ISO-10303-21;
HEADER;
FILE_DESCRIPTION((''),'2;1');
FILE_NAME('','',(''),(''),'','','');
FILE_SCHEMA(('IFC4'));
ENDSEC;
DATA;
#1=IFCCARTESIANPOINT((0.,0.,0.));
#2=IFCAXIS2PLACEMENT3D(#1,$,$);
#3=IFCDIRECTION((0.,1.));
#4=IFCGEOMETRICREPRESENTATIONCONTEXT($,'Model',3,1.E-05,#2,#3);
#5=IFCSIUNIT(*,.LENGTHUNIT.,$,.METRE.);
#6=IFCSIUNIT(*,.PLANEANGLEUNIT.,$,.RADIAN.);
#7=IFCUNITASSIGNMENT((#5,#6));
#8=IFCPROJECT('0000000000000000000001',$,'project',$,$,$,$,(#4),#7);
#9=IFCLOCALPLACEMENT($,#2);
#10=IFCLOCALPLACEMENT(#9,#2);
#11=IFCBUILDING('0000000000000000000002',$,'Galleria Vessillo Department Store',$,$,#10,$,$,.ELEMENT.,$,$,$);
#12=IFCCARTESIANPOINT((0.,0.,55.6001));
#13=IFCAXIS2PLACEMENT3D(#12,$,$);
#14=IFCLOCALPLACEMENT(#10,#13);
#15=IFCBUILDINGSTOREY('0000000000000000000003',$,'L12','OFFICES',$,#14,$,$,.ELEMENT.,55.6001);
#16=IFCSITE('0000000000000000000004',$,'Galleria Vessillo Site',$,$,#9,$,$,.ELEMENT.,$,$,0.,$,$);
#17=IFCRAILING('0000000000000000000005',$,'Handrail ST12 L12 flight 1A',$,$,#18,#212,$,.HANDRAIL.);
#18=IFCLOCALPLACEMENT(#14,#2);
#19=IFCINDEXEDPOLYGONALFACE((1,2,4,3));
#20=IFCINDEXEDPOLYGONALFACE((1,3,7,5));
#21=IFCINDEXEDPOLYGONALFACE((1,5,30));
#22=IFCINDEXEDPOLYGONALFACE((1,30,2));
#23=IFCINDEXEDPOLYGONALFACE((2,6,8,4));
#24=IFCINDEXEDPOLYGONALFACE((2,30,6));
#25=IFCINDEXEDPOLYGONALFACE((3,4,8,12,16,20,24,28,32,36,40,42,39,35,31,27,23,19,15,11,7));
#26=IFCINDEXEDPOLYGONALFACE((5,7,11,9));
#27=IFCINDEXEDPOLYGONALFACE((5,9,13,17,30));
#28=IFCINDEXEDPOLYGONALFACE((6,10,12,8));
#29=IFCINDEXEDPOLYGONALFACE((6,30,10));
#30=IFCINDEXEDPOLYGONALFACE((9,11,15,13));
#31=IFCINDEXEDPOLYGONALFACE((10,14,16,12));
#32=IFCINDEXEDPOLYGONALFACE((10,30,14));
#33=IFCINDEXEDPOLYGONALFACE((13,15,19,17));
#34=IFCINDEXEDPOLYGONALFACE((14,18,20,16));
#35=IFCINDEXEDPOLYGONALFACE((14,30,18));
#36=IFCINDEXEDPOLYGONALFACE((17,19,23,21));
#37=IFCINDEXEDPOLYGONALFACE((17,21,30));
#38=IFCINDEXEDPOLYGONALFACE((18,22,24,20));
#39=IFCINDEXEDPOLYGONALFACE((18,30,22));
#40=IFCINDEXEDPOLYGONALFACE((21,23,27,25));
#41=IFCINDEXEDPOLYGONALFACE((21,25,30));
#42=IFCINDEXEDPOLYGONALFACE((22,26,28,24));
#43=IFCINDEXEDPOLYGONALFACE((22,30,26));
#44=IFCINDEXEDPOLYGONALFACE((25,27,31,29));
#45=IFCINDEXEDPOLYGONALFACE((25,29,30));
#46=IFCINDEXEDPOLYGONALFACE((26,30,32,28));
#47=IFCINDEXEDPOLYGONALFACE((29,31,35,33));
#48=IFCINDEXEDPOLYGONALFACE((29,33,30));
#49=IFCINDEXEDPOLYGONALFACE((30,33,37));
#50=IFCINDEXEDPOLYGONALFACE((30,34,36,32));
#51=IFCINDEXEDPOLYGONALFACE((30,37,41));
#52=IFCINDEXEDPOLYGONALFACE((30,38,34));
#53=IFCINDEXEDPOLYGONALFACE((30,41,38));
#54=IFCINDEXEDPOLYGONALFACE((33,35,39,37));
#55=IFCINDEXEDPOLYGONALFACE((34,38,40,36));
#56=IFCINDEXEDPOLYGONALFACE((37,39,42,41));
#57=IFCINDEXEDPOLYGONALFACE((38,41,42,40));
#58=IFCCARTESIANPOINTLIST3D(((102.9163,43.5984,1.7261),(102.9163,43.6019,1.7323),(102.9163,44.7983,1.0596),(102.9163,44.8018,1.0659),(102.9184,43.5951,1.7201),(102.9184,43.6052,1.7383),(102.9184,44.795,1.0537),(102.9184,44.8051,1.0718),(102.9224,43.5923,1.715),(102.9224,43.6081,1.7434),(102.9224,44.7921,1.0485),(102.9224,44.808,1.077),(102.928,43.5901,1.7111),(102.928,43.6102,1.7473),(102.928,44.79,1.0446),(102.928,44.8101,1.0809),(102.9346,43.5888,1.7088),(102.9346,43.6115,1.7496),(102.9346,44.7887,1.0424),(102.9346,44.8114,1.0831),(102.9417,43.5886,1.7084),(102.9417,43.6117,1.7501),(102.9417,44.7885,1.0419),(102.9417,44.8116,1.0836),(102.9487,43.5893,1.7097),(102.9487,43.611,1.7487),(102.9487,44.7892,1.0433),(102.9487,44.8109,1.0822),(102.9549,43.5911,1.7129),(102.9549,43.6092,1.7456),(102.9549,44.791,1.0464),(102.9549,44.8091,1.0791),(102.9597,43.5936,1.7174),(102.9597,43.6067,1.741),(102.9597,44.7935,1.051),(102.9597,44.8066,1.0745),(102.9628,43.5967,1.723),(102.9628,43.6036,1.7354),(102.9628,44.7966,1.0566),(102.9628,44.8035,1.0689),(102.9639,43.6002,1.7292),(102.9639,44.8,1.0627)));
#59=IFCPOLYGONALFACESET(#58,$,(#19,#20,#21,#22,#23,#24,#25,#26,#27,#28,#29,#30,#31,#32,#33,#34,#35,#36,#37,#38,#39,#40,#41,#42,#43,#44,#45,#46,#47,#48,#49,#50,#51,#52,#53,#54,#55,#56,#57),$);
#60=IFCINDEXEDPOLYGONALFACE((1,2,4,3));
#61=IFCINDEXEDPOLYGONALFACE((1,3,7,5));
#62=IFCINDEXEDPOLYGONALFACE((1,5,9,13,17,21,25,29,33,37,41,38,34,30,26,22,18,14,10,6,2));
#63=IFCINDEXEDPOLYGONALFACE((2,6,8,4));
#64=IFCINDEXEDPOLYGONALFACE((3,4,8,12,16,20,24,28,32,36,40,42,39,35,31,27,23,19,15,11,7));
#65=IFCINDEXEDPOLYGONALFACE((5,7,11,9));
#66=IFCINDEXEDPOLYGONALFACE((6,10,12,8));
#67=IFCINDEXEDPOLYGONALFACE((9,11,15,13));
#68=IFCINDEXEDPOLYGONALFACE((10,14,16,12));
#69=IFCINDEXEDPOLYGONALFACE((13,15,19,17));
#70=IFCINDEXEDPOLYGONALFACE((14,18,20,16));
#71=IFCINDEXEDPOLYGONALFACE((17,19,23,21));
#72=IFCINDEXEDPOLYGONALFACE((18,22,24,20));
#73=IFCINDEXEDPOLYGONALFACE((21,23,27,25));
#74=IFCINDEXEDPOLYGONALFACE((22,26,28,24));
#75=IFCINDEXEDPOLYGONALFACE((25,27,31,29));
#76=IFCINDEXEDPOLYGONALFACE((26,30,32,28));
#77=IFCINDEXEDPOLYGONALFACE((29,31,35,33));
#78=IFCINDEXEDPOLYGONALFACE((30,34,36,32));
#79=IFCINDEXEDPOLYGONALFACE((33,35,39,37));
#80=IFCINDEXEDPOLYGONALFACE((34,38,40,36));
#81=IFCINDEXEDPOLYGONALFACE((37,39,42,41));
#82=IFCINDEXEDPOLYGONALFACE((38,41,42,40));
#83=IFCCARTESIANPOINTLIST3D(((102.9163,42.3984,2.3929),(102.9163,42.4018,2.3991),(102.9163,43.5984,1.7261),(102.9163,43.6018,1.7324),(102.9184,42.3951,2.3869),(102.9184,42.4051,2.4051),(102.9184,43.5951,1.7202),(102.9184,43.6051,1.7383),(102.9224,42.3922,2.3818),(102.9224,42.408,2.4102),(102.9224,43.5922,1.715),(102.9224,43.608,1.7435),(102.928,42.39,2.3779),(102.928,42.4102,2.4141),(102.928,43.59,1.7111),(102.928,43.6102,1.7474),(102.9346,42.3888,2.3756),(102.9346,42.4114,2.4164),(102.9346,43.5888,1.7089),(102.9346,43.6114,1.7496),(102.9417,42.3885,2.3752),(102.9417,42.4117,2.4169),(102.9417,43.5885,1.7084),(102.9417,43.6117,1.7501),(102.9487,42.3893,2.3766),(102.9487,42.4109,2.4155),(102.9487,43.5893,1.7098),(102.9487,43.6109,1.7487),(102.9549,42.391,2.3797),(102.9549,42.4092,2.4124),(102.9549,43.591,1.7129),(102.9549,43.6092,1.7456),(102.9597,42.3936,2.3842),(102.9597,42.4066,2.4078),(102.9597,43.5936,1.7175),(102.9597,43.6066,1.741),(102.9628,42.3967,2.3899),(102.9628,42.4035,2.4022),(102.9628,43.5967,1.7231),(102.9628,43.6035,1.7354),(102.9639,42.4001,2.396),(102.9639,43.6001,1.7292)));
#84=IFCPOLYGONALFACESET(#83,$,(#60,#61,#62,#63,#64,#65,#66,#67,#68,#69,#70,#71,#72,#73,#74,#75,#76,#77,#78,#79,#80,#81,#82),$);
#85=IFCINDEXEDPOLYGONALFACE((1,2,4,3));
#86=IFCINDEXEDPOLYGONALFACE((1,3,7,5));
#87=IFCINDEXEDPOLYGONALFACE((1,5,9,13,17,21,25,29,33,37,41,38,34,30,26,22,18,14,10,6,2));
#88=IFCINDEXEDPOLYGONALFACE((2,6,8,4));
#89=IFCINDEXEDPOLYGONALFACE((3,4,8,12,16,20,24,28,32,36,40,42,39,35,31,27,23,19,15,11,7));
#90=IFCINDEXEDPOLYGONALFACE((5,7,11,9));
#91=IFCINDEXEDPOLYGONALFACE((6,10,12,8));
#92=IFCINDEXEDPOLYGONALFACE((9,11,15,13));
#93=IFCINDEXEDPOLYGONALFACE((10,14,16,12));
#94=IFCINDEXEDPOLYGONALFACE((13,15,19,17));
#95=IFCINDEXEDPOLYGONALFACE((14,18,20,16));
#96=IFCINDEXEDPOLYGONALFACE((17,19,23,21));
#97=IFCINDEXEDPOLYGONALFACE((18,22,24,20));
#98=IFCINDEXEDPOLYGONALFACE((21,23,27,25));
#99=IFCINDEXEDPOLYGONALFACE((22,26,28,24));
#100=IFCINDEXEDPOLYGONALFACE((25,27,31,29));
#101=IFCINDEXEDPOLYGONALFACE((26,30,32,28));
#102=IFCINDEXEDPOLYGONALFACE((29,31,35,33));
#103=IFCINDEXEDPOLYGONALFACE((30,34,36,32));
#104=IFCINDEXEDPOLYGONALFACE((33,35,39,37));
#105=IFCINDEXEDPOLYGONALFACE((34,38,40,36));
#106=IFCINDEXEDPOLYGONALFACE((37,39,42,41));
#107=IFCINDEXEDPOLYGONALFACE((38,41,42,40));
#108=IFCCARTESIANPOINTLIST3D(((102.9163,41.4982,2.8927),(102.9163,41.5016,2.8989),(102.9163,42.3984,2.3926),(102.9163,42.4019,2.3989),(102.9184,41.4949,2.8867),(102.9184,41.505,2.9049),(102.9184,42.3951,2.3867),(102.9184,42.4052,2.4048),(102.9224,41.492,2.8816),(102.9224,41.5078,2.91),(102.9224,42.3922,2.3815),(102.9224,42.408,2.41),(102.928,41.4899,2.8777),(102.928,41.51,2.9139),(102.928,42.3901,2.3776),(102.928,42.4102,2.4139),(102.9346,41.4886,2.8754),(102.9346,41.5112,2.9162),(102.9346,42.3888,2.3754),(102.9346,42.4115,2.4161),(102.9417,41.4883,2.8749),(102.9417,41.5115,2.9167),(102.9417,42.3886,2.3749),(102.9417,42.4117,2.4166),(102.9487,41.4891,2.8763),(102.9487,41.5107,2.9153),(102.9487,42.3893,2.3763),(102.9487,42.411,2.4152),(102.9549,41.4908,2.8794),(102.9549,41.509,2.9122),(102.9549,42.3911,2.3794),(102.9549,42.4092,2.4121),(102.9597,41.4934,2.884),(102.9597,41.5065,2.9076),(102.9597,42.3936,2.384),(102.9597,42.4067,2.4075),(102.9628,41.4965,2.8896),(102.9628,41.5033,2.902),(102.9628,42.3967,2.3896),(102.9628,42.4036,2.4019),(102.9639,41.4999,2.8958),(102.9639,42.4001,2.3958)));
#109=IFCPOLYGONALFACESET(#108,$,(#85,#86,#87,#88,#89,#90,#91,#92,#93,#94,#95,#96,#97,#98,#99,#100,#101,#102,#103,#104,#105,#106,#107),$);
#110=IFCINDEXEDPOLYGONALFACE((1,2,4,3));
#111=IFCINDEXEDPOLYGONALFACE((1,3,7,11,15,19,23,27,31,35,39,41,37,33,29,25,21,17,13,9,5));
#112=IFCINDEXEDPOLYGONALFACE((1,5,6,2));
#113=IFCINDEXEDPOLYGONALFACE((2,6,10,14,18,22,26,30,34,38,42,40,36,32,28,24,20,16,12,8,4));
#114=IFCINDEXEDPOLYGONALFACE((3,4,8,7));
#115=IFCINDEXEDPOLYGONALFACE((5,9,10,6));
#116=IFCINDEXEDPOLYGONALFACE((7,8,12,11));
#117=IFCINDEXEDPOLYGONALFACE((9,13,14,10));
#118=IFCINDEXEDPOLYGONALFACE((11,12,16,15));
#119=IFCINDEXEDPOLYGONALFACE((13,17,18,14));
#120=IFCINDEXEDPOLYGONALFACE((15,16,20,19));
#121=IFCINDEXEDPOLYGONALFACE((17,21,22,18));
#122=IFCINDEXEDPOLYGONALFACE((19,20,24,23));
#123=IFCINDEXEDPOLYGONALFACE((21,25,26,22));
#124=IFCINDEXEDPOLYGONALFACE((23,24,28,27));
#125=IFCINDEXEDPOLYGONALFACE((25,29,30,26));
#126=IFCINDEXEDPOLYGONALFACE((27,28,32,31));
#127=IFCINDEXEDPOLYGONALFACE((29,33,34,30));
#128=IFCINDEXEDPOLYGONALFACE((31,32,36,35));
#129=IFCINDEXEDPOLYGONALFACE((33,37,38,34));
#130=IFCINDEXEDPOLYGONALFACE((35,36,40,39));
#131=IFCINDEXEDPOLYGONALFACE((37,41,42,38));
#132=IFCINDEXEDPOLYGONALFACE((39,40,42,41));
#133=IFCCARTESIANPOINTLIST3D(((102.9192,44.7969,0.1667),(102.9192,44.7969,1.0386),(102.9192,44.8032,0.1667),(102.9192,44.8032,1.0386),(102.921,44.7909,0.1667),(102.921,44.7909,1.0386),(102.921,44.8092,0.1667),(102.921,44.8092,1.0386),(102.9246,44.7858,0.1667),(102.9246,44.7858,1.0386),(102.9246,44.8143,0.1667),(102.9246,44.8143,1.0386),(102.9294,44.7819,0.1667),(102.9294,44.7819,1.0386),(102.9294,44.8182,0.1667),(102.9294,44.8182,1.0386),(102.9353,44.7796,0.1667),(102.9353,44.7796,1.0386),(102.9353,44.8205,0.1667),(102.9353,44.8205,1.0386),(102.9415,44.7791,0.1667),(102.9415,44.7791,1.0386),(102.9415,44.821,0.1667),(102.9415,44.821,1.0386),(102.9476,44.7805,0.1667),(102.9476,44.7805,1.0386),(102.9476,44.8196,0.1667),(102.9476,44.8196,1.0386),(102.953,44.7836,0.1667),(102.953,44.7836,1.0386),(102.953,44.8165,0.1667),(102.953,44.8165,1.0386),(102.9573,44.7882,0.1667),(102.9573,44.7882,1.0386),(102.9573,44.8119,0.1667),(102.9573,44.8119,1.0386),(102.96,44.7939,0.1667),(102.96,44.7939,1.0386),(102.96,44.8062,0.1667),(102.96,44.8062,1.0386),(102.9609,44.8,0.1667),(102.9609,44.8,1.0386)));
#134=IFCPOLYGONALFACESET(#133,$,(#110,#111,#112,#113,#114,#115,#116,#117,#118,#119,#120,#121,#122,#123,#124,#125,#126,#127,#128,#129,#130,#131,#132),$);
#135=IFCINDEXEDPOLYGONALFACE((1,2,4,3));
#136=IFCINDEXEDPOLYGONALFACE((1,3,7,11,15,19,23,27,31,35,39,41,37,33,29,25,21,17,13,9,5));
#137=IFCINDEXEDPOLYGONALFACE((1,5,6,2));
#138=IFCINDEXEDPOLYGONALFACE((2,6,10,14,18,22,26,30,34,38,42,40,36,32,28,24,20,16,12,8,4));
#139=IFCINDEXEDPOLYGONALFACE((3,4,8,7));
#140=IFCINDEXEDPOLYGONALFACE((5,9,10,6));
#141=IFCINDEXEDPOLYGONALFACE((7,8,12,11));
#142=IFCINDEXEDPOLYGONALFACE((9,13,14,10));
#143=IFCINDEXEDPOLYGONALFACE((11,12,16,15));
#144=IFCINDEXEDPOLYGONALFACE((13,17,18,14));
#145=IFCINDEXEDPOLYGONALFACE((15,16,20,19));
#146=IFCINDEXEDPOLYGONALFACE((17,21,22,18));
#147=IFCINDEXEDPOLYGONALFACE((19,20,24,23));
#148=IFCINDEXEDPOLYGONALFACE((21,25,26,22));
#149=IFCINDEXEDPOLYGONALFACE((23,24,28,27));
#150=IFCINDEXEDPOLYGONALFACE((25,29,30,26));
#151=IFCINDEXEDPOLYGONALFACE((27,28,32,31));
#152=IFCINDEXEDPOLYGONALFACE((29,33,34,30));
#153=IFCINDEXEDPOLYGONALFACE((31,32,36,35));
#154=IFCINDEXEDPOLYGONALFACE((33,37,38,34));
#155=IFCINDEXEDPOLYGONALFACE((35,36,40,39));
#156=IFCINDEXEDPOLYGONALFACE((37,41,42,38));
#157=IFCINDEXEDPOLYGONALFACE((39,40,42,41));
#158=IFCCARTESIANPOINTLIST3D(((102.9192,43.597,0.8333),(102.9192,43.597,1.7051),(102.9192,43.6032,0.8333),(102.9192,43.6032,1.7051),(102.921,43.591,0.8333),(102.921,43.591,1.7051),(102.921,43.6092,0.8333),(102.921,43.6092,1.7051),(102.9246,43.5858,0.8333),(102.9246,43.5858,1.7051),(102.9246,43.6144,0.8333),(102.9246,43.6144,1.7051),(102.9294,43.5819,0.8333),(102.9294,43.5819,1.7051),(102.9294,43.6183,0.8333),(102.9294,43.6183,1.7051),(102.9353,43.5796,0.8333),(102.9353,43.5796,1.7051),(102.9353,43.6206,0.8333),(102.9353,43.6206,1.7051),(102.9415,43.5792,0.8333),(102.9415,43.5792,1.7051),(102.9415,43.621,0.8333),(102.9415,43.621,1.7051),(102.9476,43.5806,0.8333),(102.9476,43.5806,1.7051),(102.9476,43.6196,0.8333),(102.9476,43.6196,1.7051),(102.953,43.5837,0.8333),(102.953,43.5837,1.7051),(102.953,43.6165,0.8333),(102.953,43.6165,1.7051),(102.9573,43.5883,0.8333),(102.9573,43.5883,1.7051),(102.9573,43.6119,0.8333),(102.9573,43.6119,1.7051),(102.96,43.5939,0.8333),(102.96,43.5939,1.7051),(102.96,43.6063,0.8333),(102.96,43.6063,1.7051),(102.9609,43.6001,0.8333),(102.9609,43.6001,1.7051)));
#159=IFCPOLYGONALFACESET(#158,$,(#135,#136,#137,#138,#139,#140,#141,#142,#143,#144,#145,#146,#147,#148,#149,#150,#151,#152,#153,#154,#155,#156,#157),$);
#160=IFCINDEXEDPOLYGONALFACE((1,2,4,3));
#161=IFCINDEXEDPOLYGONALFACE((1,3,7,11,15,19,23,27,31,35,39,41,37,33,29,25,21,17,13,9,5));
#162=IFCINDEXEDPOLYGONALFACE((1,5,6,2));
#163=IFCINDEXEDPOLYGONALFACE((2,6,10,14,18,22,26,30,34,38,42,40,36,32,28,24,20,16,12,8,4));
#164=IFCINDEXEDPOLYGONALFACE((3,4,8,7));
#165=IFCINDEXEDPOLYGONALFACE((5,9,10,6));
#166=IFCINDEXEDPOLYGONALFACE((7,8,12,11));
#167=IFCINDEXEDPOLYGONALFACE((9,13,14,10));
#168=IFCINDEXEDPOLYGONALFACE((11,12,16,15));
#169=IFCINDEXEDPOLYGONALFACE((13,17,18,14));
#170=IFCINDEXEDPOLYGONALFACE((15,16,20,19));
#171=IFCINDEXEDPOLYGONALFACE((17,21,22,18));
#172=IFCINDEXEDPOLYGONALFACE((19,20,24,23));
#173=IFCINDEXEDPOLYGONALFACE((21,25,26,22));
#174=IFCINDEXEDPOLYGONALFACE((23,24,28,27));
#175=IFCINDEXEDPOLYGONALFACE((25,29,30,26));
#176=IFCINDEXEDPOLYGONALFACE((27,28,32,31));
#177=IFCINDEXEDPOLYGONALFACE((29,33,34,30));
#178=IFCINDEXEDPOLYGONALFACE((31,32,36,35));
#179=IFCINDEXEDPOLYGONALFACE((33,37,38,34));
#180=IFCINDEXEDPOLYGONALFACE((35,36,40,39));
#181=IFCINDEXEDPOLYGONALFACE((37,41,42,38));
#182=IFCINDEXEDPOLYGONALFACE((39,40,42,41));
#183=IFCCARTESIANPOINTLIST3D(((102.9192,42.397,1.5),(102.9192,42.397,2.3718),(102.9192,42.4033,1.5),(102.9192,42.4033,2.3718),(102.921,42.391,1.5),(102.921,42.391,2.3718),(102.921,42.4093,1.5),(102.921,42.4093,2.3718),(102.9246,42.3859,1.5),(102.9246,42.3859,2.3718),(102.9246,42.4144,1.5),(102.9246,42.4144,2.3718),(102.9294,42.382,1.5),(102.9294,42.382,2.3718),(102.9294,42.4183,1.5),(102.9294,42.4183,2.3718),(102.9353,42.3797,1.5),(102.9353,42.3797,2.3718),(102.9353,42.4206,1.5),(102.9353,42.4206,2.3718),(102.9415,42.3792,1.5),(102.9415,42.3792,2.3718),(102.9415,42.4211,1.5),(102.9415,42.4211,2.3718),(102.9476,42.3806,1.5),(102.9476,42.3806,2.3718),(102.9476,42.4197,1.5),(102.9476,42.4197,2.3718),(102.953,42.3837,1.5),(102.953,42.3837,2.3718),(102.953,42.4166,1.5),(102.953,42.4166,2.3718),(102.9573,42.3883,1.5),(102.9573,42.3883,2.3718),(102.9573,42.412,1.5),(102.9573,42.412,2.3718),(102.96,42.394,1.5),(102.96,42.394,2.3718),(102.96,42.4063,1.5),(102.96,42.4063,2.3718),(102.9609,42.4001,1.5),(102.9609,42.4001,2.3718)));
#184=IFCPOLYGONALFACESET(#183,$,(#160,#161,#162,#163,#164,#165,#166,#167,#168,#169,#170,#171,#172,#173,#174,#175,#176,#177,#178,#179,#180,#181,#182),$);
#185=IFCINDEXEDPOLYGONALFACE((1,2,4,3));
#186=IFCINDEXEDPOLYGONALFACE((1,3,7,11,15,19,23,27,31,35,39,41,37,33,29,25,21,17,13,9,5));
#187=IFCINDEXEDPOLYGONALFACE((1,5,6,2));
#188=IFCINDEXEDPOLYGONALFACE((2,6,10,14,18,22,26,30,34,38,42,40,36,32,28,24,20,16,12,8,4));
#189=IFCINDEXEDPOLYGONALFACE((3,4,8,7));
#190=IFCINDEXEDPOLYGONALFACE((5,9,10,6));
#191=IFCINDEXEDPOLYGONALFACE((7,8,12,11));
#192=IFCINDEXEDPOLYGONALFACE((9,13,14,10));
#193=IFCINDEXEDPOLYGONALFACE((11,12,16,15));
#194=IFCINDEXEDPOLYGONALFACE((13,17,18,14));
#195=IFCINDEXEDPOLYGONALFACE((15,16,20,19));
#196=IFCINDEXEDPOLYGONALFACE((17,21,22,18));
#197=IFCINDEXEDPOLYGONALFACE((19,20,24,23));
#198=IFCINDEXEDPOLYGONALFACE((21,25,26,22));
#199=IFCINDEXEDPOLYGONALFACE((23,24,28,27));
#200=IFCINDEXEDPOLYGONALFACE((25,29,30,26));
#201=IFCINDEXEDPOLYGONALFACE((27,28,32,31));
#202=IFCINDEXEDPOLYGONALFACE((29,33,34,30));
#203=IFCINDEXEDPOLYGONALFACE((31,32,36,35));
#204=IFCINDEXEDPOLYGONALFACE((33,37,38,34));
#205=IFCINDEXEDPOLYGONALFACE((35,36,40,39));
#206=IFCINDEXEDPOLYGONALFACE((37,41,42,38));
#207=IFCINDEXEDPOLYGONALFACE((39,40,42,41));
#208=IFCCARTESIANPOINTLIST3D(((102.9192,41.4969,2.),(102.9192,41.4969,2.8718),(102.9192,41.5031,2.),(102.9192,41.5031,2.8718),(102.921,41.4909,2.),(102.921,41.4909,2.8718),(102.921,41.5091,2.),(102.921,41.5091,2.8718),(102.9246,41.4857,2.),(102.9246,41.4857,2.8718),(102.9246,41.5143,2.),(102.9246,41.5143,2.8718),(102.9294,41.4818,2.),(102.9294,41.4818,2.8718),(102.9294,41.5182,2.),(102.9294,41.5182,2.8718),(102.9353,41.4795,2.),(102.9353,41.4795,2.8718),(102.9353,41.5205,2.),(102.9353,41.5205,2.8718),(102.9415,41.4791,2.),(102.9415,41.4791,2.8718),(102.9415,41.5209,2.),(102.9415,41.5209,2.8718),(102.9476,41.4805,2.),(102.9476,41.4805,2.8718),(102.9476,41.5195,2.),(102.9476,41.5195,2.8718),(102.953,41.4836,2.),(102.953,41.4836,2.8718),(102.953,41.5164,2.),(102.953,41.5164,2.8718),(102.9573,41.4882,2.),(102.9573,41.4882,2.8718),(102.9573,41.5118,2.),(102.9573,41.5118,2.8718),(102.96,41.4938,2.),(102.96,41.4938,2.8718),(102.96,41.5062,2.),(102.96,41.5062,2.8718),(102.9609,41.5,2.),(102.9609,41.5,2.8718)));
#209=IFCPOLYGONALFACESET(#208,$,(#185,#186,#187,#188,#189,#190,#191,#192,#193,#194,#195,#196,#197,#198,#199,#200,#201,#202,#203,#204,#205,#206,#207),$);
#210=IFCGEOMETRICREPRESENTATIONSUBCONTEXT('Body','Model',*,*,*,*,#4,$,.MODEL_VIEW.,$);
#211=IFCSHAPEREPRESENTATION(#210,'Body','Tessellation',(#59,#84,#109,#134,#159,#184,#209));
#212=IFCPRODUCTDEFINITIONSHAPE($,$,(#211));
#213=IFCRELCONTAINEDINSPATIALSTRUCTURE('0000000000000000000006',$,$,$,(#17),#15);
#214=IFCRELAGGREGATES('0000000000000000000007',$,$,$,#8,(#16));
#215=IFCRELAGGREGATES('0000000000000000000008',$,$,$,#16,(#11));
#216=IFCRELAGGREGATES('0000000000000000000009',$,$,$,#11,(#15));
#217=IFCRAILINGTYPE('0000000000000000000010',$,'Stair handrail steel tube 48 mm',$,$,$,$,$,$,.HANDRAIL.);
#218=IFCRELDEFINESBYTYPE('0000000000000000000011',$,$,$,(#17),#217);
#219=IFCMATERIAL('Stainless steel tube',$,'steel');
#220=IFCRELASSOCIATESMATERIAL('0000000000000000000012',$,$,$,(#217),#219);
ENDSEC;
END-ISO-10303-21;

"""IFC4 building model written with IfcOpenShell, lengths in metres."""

from ifc_helpers import new_model, si_unit, direction, frame, origin, origin_2d, place, context, subcontext, project, spatial, circle, extrude, material, type_object, element, save


model = new_model("IFC4")

# Units and contexts
model_context = context("Model", 3, precision=1e-05, world=origin(), true_north=direction((0.0, 1.0)))
body_context = subcontext(model_context, "Body", "Model", "MODEL_VIEW")
ifc_project = project(units=[si_unit("LENGTHUNIT", "METRE"), si_unit("PLANEANGLEUNIT", "RADIAN")], contexts=[model_context])

# Site, building, storey
site_placement = place(None, origin())
site = spatial("IfcSite", under=ifc_project, at=site_placement, Name="Galleria Vessillo Site", CompositionType="ELEMENT", RefElevation=0.0)
building_placement = place(site_placement, origin())
building = spatial("IfcBuilding", under=site, at=building_placement, Name="Galleria Vessillo Department Store", CompositionType="ELEMENT")
storey_placement = place(building_placement, frame((0.0, 0.0, 55.6001)))
storey = spatial("IfcBuildingStorey", under=building, at=storey_placement, Name="L12", Description="OFFICES", CompositionType="ELEMENT", Elevation=55.6001)

# Railing
ifc_material_1 = material(Name="Stainless steel tube", Category="steel")
railing_type = type_object("IfcRailingType", Name="Stair handrail steel tube 48 mm", PredefinedType="HANDRAIL", material=ifc_material_1)
for number, where, name in (
    (1, (102.9399, 44.8, 0.1667), "Handrail ST12 L12 flight 1A"),
):
    element("IfcRailing", number, at=place(storey_placement, frame(where)), inside=storey, type_object=railing_type, Name=name, PredefinedType="HANDRAIL", context=body_context, shape_type="SweptSolid", body=[
        extrude(circle(Radius=0.0239, at=origin_2d()), frame((0.0, 0.0, 0.896), z_axis=(0.0, -0.874199, 0.485567), x_axis=(1.0, 0.0, 0.0)), (0.0, 0.0, 1.0), 1.3726),
        extrude(circle(Radius=0.0239, at=origin_2d()), frame((0.0, -1.2, 1.5625), z_axis=(0.0, -0.874124, 0.485703), x_axis=(1.0, 0.0, 0.0)), (0.0, 0.0, 1.0), 1.3728),
        extrude(circle(Radius=0.0239, at=origin_2d()), frame((0.0, -2.3999, 2.229), z_axis=(0.0, -0.874191, 0.485583), x_axis=(1.0, 0.0, 0.0)), (0.0, 0.0, 1.0), 1.0298),
        extrude(circle(Radius=0.021, at=origin_2d()), origin(), (0.0, 0.0, 1.0), 0.8718),
        extrude(circle(Radius=0.021, at=origin_2d()), frame((0.0, -1.2, 0.6665)), (0.0, 0.0, 1.0), 0.8718),
        extrude(circle(Radius=0.021, at=origin_2d()), frame((0.0, -2.3999, 1.3333)), (0.0, 0.0, 1.0), 0.8718),
        extrude(circle(Radius=0.021, at=origin_2d()), frame((0.0, -3.3, 1.8333)), (0.0, 0.0, 1.0), 0.8718),
    ])

save(model, "model.ifc")
